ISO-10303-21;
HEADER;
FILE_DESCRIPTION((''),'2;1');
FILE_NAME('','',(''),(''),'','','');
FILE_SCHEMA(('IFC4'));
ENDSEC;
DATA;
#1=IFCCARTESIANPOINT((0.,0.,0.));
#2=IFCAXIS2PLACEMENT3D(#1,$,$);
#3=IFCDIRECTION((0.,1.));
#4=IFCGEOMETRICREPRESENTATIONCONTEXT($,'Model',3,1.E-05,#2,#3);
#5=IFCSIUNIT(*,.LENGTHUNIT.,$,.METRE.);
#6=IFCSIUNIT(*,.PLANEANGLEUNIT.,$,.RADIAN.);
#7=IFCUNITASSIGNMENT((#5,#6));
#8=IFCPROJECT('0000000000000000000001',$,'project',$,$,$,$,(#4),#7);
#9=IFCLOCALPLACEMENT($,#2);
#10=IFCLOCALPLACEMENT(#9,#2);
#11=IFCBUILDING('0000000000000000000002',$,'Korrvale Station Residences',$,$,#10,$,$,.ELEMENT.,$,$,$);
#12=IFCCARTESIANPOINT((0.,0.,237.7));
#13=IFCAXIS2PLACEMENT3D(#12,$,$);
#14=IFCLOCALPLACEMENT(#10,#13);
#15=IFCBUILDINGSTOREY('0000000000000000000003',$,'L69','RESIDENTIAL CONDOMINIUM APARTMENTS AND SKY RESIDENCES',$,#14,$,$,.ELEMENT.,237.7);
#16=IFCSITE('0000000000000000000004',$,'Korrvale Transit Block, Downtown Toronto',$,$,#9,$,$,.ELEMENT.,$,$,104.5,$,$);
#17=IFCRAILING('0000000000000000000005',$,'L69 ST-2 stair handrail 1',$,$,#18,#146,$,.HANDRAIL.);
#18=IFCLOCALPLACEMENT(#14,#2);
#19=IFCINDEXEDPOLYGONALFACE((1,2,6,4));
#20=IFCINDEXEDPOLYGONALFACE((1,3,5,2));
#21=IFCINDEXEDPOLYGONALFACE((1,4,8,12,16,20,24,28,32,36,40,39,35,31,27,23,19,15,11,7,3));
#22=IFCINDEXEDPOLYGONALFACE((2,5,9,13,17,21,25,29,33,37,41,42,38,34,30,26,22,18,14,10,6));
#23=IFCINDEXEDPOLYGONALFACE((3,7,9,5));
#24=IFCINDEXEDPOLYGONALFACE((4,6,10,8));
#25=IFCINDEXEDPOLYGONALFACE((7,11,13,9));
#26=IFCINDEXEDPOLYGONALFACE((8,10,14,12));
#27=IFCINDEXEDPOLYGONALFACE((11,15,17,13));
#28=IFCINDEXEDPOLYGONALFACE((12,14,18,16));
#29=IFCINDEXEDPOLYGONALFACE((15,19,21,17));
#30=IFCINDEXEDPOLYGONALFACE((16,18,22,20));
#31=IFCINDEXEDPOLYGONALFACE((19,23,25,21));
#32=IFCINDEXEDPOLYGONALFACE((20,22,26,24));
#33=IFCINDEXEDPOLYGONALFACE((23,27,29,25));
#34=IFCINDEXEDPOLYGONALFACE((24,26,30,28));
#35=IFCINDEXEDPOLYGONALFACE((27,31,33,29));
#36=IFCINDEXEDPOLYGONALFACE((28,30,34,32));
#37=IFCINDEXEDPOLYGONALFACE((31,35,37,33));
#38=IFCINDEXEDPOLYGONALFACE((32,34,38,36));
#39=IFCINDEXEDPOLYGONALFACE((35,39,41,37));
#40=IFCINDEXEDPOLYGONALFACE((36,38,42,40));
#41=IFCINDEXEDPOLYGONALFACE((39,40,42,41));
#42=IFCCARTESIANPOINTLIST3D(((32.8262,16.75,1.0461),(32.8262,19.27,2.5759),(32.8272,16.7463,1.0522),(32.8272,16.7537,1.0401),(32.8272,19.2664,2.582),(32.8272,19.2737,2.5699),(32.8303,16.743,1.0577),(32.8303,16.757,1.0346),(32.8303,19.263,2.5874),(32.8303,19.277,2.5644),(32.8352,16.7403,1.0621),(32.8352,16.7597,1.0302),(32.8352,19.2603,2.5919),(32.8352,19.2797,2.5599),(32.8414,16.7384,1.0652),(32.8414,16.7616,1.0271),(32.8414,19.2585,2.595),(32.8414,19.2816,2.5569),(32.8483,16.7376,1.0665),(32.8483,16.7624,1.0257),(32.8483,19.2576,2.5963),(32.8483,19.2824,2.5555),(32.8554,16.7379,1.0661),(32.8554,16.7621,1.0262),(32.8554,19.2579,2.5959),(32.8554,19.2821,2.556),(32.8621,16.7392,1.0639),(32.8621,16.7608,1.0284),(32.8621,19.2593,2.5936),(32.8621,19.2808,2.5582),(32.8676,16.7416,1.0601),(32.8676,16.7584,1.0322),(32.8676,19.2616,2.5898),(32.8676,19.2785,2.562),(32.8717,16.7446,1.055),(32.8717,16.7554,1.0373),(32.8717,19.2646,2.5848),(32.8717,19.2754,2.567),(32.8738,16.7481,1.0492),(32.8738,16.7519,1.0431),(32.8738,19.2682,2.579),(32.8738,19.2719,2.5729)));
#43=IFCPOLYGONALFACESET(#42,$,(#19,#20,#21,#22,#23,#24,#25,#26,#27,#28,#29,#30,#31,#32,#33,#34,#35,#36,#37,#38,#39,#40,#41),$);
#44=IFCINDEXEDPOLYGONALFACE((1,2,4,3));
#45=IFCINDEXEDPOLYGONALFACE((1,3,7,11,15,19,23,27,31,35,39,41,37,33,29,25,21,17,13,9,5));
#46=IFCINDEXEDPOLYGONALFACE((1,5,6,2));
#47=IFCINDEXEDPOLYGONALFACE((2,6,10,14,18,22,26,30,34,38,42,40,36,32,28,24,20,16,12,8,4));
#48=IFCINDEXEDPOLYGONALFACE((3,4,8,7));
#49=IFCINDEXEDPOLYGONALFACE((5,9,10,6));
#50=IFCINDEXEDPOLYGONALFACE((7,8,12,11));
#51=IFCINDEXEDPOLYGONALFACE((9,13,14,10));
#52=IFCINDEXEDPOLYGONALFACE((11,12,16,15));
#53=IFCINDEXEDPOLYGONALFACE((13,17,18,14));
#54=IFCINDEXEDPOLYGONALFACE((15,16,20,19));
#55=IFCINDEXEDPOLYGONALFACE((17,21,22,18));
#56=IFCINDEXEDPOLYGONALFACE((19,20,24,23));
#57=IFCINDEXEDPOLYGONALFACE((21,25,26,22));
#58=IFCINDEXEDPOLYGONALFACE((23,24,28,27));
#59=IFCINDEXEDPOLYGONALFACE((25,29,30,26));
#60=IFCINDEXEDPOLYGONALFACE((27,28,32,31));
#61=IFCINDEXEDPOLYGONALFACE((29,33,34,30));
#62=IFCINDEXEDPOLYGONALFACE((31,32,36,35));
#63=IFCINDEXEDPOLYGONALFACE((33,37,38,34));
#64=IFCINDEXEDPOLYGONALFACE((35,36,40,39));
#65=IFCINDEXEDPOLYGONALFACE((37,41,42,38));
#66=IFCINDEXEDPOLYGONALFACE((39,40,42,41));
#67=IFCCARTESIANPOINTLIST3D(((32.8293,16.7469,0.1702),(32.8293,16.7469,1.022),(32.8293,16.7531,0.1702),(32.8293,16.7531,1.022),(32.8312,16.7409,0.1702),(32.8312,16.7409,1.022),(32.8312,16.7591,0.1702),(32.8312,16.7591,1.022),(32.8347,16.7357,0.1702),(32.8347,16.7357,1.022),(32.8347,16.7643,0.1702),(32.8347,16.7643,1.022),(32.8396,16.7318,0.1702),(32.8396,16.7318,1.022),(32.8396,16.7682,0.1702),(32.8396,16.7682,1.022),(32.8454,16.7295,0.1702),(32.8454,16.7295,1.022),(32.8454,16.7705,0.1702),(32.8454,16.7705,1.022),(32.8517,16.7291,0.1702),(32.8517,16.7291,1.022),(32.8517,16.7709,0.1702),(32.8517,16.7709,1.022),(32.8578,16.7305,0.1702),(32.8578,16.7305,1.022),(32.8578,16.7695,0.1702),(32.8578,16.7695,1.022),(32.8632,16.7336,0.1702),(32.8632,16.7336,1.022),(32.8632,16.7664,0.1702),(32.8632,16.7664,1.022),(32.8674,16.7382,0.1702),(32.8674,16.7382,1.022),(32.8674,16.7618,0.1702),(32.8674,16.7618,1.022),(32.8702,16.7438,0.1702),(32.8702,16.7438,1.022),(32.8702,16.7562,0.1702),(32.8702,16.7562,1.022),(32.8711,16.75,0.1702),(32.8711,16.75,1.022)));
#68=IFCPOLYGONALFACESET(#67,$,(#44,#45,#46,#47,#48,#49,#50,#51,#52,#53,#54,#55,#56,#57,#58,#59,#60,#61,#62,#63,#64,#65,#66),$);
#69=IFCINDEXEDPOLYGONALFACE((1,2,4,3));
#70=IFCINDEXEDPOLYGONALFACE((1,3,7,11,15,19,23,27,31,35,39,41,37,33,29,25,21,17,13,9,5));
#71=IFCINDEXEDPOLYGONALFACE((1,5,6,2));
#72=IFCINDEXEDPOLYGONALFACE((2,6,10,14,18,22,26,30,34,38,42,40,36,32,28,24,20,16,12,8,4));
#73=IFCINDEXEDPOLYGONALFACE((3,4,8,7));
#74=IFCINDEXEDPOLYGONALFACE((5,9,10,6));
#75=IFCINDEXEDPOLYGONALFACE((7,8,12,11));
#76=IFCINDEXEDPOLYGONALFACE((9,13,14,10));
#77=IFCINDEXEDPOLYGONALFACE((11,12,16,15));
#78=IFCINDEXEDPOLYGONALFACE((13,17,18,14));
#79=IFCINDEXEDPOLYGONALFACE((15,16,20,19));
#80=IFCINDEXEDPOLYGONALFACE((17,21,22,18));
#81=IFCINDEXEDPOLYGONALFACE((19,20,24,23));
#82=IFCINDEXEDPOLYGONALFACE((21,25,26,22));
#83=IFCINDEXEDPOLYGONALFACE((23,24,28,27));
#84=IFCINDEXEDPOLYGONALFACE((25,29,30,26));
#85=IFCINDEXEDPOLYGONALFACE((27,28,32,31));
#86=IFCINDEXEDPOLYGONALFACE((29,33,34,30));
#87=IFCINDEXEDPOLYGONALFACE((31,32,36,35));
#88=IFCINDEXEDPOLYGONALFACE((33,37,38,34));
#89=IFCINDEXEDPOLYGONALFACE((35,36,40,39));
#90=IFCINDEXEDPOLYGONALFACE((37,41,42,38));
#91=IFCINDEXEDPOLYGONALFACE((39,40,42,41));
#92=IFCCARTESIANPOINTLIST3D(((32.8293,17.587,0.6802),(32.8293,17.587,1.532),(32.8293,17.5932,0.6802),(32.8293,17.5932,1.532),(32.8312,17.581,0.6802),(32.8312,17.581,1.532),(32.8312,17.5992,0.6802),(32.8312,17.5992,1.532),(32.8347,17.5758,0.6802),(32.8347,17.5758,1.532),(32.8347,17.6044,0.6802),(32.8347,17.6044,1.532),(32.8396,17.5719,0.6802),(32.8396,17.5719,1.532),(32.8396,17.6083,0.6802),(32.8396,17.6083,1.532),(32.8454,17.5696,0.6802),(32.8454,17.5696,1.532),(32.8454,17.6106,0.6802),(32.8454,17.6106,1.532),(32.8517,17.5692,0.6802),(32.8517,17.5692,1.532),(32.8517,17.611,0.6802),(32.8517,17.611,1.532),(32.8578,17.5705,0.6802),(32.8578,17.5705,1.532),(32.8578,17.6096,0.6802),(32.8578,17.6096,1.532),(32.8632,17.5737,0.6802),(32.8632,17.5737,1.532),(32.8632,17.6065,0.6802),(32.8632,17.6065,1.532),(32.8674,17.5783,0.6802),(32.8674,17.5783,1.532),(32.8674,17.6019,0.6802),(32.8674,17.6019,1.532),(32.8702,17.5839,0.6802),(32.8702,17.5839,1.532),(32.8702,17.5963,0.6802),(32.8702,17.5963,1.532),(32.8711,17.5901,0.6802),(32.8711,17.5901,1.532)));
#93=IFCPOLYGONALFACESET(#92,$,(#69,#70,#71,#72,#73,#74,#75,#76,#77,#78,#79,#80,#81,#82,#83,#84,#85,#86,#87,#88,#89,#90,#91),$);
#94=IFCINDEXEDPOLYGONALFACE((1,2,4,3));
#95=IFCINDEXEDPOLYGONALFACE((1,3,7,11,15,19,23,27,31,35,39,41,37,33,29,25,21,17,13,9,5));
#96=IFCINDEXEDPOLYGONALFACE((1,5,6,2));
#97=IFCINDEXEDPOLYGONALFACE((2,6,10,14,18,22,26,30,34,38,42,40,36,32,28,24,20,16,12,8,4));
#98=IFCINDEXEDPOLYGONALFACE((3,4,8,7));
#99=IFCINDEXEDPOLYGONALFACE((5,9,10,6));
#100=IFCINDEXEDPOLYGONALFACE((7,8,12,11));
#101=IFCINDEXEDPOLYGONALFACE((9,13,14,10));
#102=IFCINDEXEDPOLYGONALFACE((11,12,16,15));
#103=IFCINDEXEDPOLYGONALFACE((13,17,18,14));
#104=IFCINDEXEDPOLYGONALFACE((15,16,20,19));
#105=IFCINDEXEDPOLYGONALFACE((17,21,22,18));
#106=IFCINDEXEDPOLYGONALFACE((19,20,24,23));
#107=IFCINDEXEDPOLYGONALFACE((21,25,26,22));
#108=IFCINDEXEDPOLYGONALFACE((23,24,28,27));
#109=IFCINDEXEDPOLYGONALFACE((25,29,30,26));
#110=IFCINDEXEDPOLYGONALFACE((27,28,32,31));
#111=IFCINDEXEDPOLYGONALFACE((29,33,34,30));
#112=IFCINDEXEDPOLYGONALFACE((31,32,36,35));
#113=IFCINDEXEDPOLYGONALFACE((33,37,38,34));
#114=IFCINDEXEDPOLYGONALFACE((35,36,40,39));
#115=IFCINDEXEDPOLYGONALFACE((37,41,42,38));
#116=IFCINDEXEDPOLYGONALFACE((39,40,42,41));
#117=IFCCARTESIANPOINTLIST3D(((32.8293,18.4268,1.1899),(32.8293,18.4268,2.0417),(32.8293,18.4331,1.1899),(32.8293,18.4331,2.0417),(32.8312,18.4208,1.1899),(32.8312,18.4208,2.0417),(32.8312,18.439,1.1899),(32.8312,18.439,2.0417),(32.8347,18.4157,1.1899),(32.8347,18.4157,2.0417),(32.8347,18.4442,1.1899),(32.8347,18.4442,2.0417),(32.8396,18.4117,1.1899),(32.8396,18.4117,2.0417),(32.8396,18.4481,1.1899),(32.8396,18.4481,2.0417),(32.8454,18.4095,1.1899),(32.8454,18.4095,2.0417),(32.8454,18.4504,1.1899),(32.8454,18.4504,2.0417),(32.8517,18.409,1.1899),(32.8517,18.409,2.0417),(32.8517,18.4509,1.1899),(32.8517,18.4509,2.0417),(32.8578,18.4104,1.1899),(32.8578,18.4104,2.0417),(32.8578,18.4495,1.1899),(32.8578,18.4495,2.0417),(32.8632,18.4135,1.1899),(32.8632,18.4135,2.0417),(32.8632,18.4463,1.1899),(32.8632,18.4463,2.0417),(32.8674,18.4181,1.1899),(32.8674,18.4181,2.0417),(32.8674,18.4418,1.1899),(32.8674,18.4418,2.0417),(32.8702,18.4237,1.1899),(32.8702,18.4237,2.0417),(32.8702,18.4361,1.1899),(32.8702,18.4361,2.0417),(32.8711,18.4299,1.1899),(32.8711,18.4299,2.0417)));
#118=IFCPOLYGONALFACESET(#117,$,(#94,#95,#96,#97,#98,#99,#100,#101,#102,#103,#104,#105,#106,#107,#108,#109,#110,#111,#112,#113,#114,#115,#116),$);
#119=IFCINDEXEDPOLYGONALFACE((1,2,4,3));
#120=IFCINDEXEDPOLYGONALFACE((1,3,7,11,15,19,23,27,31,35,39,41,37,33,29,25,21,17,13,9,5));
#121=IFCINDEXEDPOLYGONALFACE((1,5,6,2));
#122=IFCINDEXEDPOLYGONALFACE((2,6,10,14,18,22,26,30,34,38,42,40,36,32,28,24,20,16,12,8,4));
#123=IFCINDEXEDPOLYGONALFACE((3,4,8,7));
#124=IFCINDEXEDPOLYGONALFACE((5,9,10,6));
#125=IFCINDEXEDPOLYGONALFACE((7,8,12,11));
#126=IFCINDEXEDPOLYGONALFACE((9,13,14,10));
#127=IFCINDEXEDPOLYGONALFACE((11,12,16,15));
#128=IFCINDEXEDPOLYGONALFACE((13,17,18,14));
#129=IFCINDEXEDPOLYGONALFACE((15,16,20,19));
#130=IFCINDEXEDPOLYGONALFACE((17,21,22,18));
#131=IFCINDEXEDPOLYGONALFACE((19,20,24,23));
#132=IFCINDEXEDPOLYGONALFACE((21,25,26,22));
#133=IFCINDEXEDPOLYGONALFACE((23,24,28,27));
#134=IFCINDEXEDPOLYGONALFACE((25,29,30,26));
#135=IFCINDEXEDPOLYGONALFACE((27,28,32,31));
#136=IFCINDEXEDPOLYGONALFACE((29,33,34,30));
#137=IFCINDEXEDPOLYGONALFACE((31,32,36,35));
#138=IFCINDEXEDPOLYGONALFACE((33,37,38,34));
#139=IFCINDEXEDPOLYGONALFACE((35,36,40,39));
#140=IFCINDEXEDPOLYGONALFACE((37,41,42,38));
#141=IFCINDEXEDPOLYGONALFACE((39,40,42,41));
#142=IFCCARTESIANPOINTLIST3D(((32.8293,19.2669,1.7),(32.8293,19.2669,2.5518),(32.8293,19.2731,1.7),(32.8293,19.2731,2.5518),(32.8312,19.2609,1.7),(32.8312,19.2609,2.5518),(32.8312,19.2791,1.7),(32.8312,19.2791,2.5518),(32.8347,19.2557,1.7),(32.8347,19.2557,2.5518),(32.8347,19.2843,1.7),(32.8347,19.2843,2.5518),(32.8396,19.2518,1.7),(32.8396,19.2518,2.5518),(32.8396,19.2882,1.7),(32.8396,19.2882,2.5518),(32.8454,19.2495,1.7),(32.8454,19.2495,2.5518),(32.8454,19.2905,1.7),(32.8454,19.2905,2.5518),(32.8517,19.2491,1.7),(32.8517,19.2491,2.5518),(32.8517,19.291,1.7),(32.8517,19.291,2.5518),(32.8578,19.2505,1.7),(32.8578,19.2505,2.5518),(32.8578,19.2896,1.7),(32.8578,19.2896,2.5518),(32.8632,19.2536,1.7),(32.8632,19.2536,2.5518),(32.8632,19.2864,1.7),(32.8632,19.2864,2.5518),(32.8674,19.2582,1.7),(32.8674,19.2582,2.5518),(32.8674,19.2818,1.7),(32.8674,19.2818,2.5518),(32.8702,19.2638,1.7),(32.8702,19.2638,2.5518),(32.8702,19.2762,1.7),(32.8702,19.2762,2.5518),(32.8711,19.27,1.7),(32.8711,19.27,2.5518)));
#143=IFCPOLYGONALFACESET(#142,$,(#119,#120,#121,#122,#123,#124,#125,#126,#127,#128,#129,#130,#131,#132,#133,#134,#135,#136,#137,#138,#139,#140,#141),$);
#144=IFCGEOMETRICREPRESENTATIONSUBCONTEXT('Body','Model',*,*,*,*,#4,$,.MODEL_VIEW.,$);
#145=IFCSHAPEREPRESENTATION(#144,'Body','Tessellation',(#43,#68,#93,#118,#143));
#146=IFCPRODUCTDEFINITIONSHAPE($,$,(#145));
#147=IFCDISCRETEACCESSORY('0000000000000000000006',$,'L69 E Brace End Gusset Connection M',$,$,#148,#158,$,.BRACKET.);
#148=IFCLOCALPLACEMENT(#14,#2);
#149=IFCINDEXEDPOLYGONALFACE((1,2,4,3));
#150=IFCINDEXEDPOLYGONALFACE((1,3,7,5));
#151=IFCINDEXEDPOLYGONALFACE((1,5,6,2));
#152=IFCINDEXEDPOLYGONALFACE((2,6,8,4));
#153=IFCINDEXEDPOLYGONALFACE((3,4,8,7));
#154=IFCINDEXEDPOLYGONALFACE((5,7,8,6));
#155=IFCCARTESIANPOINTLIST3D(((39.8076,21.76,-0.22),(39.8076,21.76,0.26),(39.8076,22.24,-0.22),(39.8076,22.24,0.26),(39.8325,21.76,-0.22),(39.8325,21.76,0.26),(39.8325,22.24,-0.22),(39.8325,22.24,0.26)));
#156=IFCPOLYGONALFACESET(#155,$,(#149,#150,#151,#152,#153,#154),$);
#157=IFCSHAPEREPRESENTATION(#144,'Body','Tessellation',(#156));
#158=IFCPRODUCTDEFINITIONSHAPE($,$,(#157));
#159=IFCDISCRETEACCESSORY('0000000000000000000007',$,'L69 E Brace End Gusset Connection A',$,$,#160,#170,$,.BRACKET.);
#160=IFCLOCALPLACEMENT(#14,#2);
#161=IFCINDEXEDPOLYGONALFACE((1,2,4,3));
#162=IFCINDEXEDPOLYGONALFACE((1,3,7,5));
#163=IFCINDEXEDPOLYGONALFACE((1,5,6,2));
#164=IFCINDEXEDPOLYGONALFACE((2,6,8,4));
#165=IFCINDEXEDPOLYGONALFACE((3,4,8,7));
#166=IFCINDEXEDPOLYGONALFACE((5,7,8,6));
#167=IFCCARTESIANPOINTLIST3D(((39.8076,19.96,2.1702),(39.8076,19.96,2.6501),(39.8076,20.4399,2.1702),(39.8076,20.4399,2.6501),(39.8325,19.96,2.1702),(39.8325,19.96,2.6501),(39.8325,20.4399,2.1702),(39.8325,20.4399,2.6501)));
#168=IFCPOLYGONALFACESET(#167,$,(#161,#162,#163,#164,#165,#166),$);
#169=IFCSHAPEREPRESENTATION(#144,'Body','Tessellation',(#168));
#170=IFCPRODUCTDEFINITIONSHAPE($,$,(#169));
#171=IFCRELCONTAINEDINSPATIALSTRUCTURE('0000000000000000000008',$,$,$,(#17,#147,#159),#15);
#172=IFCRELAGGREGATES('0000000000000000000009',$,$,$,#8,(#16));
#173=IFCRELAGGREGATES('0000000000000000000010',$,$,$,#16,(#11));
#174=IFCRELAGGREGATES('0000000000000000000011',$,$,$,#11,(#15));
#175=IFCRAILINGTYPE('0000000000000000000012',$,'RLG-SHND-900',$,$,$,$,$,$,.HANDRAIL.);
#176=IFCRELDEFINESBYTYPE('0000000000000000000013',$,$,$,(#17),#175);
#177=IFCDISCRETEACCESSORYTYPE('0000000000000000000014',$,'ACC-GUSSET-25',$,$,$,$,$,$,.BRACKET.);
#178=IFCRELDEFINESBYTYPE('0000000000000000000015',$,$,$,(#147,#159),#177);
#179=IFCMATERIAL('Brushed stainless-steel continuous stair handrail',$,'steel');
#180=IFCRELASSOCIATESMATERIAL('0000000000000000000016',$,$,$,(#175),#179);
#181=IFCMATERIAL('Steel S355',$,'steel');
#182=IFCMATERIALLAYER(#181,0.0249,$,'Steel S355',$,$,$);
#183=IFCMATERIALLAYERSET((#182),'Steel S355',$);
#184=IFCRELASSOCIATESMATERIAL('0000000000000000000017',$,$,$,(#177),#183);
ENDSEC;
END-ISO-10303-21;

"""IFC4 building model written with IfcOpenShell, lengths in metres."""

from ifc_helpers import new_model, si_unit, direction, frame, origin, origin_2d, place, context, subcontext, project, spatial, rectangle, circle, extrude, material, layer, layer_set, type_object, element, save


model = new_model("IFC4")

# Units and contexts
model_context = context("Model", 3, precision=1e-05, world=origin(), true_north=direction((0.0, 1.0)))
body_context = subcontext(model_context, "Body", "Model", "MODEL_VIEW")
ifc_project = project(units=[si_unit("LENGTHUNIT", "METRE"), si_unit("PLANEANGLEUNIT", "RADIAN")], contexts=[model_context])

# Site, building, storey
site_placement = place(None, origin())
site = spatial("IfcSite", under=ifc_project, at=site_placement, Name="Korrvale Transit Block, Downtown Toronto", CompositionType="ELEMENT", RefElevation=104.5)
building_placement = place(site_placement, origin())
building = spatial("IfcBuilding", under=site, at=building_placement, Name="Korrvale Station Residences", CompositionType="ELEMENT")
storey_placement = place(building_placement, frame((0.0, 0.0, 237.7)))
storey = spatial("IfcBuildingStorey", under=building, at=storey_placement, Name="L69", Description="RESIDENTIAL CONDOMINIUM APARTMENTS AND SKY RESIDENCES", CompositionType="ELEMENT", Elevation=237.7)

# Shared definitions
ifc_material_1 = material(Name="Steel S355", Category="steel")

# Railing
ifc_material_2 = material(Name="Brushed stainless-steel continuous stair handrail", Category="steel")
railing_type = type_object("IfcRailingType", Name="RLG-SHND-900", PredefinedType="HANDRAIL", material=ifc_material_2)
railing_placement = place(storey_placement, frame((32.8501, 16.75, 0.1702)))
element("IfcRailing", 1, at=railing_placement, inside=storey, type_object=railing_type, Name="L69 ST-2 stair handrail 1", PredefinedType="HANDRAIL", context=body_context, shape_type="SweptSolid", body=[
    extrude(circle(Radius=0.0239, at=origin_2d()), frame((0.0, 0.0, 0.876), z_axis=(0.0, 0.854822, 0.518922), x_axis=(-1.0, 0.0, 0.0)), (0.0, 0.0, 1.0), 2.948),
    extrude(circle(Radius=0.021, at=origin_2d()), origin(), (0.0, 0.0, 1.0), 0.8518),
    extrude(circle(Radius=0.021, at=origin_2d()), frame((0.0, 0.8401, 0.51)), (0.0, 0.0, 1.0), 0.8518),
    extrude(circle(Radius=0.021, at=origin_2d()), frame((0.0, 1.6799, 1.0198)), (0.0, 0.0, 1.0), 0.8518),
    extrude(circle(Radius=0.021, at=origin_2d()), frame((0.0, 2.52, 1.5298)), (0.0, 0.0, 1.0), 0.8518),
])

# Discrete accessories
ifc_layer_1 = layer(ifc_material_1, 0.0249, Name="Steel S355")
ifc_layer_set_1 = layer_set([ifc_layer_1], Name="Steel S355")
discrete_accessory_type = type_object("IfcDiscreteAccessoryType", Name="ACC-GUSSET-25", PredefinedType="BRACKET", material=ifc_layer_set_1)
for number, where, z_axis, x_axis, name in (
    (2, (39.8201, 22.0, -0.22), (0.0, 0.0, 1.0), (0.0, 1.0, 0.0), "L69 E Brace End Gusset Connection M"),
    (3, (39.8201, 20.2, 2.1702), (0.0, 0.0, 1.0), (0.0, 1.0, 0.0), "L69 E Brace End Gusset Connection A"),
):
    element("IfcDiscreteAccessory", number, at=place(storey_placement, frame(where, z_axis=z_axis, x_axis=x_axis)), inside=storey, type_object=discrete_accessory_type, Name=name, PredefinedType="BRACKET", context=body_context, shape_type="SweptSolid", body=[
        extrude(rectangle(XDim=0.48, YDim=0.0249, at=origin_2d()), origin(), (0.0, 0.0, 1.0), 0.48),
    ])

save(model, "model.ifc")
